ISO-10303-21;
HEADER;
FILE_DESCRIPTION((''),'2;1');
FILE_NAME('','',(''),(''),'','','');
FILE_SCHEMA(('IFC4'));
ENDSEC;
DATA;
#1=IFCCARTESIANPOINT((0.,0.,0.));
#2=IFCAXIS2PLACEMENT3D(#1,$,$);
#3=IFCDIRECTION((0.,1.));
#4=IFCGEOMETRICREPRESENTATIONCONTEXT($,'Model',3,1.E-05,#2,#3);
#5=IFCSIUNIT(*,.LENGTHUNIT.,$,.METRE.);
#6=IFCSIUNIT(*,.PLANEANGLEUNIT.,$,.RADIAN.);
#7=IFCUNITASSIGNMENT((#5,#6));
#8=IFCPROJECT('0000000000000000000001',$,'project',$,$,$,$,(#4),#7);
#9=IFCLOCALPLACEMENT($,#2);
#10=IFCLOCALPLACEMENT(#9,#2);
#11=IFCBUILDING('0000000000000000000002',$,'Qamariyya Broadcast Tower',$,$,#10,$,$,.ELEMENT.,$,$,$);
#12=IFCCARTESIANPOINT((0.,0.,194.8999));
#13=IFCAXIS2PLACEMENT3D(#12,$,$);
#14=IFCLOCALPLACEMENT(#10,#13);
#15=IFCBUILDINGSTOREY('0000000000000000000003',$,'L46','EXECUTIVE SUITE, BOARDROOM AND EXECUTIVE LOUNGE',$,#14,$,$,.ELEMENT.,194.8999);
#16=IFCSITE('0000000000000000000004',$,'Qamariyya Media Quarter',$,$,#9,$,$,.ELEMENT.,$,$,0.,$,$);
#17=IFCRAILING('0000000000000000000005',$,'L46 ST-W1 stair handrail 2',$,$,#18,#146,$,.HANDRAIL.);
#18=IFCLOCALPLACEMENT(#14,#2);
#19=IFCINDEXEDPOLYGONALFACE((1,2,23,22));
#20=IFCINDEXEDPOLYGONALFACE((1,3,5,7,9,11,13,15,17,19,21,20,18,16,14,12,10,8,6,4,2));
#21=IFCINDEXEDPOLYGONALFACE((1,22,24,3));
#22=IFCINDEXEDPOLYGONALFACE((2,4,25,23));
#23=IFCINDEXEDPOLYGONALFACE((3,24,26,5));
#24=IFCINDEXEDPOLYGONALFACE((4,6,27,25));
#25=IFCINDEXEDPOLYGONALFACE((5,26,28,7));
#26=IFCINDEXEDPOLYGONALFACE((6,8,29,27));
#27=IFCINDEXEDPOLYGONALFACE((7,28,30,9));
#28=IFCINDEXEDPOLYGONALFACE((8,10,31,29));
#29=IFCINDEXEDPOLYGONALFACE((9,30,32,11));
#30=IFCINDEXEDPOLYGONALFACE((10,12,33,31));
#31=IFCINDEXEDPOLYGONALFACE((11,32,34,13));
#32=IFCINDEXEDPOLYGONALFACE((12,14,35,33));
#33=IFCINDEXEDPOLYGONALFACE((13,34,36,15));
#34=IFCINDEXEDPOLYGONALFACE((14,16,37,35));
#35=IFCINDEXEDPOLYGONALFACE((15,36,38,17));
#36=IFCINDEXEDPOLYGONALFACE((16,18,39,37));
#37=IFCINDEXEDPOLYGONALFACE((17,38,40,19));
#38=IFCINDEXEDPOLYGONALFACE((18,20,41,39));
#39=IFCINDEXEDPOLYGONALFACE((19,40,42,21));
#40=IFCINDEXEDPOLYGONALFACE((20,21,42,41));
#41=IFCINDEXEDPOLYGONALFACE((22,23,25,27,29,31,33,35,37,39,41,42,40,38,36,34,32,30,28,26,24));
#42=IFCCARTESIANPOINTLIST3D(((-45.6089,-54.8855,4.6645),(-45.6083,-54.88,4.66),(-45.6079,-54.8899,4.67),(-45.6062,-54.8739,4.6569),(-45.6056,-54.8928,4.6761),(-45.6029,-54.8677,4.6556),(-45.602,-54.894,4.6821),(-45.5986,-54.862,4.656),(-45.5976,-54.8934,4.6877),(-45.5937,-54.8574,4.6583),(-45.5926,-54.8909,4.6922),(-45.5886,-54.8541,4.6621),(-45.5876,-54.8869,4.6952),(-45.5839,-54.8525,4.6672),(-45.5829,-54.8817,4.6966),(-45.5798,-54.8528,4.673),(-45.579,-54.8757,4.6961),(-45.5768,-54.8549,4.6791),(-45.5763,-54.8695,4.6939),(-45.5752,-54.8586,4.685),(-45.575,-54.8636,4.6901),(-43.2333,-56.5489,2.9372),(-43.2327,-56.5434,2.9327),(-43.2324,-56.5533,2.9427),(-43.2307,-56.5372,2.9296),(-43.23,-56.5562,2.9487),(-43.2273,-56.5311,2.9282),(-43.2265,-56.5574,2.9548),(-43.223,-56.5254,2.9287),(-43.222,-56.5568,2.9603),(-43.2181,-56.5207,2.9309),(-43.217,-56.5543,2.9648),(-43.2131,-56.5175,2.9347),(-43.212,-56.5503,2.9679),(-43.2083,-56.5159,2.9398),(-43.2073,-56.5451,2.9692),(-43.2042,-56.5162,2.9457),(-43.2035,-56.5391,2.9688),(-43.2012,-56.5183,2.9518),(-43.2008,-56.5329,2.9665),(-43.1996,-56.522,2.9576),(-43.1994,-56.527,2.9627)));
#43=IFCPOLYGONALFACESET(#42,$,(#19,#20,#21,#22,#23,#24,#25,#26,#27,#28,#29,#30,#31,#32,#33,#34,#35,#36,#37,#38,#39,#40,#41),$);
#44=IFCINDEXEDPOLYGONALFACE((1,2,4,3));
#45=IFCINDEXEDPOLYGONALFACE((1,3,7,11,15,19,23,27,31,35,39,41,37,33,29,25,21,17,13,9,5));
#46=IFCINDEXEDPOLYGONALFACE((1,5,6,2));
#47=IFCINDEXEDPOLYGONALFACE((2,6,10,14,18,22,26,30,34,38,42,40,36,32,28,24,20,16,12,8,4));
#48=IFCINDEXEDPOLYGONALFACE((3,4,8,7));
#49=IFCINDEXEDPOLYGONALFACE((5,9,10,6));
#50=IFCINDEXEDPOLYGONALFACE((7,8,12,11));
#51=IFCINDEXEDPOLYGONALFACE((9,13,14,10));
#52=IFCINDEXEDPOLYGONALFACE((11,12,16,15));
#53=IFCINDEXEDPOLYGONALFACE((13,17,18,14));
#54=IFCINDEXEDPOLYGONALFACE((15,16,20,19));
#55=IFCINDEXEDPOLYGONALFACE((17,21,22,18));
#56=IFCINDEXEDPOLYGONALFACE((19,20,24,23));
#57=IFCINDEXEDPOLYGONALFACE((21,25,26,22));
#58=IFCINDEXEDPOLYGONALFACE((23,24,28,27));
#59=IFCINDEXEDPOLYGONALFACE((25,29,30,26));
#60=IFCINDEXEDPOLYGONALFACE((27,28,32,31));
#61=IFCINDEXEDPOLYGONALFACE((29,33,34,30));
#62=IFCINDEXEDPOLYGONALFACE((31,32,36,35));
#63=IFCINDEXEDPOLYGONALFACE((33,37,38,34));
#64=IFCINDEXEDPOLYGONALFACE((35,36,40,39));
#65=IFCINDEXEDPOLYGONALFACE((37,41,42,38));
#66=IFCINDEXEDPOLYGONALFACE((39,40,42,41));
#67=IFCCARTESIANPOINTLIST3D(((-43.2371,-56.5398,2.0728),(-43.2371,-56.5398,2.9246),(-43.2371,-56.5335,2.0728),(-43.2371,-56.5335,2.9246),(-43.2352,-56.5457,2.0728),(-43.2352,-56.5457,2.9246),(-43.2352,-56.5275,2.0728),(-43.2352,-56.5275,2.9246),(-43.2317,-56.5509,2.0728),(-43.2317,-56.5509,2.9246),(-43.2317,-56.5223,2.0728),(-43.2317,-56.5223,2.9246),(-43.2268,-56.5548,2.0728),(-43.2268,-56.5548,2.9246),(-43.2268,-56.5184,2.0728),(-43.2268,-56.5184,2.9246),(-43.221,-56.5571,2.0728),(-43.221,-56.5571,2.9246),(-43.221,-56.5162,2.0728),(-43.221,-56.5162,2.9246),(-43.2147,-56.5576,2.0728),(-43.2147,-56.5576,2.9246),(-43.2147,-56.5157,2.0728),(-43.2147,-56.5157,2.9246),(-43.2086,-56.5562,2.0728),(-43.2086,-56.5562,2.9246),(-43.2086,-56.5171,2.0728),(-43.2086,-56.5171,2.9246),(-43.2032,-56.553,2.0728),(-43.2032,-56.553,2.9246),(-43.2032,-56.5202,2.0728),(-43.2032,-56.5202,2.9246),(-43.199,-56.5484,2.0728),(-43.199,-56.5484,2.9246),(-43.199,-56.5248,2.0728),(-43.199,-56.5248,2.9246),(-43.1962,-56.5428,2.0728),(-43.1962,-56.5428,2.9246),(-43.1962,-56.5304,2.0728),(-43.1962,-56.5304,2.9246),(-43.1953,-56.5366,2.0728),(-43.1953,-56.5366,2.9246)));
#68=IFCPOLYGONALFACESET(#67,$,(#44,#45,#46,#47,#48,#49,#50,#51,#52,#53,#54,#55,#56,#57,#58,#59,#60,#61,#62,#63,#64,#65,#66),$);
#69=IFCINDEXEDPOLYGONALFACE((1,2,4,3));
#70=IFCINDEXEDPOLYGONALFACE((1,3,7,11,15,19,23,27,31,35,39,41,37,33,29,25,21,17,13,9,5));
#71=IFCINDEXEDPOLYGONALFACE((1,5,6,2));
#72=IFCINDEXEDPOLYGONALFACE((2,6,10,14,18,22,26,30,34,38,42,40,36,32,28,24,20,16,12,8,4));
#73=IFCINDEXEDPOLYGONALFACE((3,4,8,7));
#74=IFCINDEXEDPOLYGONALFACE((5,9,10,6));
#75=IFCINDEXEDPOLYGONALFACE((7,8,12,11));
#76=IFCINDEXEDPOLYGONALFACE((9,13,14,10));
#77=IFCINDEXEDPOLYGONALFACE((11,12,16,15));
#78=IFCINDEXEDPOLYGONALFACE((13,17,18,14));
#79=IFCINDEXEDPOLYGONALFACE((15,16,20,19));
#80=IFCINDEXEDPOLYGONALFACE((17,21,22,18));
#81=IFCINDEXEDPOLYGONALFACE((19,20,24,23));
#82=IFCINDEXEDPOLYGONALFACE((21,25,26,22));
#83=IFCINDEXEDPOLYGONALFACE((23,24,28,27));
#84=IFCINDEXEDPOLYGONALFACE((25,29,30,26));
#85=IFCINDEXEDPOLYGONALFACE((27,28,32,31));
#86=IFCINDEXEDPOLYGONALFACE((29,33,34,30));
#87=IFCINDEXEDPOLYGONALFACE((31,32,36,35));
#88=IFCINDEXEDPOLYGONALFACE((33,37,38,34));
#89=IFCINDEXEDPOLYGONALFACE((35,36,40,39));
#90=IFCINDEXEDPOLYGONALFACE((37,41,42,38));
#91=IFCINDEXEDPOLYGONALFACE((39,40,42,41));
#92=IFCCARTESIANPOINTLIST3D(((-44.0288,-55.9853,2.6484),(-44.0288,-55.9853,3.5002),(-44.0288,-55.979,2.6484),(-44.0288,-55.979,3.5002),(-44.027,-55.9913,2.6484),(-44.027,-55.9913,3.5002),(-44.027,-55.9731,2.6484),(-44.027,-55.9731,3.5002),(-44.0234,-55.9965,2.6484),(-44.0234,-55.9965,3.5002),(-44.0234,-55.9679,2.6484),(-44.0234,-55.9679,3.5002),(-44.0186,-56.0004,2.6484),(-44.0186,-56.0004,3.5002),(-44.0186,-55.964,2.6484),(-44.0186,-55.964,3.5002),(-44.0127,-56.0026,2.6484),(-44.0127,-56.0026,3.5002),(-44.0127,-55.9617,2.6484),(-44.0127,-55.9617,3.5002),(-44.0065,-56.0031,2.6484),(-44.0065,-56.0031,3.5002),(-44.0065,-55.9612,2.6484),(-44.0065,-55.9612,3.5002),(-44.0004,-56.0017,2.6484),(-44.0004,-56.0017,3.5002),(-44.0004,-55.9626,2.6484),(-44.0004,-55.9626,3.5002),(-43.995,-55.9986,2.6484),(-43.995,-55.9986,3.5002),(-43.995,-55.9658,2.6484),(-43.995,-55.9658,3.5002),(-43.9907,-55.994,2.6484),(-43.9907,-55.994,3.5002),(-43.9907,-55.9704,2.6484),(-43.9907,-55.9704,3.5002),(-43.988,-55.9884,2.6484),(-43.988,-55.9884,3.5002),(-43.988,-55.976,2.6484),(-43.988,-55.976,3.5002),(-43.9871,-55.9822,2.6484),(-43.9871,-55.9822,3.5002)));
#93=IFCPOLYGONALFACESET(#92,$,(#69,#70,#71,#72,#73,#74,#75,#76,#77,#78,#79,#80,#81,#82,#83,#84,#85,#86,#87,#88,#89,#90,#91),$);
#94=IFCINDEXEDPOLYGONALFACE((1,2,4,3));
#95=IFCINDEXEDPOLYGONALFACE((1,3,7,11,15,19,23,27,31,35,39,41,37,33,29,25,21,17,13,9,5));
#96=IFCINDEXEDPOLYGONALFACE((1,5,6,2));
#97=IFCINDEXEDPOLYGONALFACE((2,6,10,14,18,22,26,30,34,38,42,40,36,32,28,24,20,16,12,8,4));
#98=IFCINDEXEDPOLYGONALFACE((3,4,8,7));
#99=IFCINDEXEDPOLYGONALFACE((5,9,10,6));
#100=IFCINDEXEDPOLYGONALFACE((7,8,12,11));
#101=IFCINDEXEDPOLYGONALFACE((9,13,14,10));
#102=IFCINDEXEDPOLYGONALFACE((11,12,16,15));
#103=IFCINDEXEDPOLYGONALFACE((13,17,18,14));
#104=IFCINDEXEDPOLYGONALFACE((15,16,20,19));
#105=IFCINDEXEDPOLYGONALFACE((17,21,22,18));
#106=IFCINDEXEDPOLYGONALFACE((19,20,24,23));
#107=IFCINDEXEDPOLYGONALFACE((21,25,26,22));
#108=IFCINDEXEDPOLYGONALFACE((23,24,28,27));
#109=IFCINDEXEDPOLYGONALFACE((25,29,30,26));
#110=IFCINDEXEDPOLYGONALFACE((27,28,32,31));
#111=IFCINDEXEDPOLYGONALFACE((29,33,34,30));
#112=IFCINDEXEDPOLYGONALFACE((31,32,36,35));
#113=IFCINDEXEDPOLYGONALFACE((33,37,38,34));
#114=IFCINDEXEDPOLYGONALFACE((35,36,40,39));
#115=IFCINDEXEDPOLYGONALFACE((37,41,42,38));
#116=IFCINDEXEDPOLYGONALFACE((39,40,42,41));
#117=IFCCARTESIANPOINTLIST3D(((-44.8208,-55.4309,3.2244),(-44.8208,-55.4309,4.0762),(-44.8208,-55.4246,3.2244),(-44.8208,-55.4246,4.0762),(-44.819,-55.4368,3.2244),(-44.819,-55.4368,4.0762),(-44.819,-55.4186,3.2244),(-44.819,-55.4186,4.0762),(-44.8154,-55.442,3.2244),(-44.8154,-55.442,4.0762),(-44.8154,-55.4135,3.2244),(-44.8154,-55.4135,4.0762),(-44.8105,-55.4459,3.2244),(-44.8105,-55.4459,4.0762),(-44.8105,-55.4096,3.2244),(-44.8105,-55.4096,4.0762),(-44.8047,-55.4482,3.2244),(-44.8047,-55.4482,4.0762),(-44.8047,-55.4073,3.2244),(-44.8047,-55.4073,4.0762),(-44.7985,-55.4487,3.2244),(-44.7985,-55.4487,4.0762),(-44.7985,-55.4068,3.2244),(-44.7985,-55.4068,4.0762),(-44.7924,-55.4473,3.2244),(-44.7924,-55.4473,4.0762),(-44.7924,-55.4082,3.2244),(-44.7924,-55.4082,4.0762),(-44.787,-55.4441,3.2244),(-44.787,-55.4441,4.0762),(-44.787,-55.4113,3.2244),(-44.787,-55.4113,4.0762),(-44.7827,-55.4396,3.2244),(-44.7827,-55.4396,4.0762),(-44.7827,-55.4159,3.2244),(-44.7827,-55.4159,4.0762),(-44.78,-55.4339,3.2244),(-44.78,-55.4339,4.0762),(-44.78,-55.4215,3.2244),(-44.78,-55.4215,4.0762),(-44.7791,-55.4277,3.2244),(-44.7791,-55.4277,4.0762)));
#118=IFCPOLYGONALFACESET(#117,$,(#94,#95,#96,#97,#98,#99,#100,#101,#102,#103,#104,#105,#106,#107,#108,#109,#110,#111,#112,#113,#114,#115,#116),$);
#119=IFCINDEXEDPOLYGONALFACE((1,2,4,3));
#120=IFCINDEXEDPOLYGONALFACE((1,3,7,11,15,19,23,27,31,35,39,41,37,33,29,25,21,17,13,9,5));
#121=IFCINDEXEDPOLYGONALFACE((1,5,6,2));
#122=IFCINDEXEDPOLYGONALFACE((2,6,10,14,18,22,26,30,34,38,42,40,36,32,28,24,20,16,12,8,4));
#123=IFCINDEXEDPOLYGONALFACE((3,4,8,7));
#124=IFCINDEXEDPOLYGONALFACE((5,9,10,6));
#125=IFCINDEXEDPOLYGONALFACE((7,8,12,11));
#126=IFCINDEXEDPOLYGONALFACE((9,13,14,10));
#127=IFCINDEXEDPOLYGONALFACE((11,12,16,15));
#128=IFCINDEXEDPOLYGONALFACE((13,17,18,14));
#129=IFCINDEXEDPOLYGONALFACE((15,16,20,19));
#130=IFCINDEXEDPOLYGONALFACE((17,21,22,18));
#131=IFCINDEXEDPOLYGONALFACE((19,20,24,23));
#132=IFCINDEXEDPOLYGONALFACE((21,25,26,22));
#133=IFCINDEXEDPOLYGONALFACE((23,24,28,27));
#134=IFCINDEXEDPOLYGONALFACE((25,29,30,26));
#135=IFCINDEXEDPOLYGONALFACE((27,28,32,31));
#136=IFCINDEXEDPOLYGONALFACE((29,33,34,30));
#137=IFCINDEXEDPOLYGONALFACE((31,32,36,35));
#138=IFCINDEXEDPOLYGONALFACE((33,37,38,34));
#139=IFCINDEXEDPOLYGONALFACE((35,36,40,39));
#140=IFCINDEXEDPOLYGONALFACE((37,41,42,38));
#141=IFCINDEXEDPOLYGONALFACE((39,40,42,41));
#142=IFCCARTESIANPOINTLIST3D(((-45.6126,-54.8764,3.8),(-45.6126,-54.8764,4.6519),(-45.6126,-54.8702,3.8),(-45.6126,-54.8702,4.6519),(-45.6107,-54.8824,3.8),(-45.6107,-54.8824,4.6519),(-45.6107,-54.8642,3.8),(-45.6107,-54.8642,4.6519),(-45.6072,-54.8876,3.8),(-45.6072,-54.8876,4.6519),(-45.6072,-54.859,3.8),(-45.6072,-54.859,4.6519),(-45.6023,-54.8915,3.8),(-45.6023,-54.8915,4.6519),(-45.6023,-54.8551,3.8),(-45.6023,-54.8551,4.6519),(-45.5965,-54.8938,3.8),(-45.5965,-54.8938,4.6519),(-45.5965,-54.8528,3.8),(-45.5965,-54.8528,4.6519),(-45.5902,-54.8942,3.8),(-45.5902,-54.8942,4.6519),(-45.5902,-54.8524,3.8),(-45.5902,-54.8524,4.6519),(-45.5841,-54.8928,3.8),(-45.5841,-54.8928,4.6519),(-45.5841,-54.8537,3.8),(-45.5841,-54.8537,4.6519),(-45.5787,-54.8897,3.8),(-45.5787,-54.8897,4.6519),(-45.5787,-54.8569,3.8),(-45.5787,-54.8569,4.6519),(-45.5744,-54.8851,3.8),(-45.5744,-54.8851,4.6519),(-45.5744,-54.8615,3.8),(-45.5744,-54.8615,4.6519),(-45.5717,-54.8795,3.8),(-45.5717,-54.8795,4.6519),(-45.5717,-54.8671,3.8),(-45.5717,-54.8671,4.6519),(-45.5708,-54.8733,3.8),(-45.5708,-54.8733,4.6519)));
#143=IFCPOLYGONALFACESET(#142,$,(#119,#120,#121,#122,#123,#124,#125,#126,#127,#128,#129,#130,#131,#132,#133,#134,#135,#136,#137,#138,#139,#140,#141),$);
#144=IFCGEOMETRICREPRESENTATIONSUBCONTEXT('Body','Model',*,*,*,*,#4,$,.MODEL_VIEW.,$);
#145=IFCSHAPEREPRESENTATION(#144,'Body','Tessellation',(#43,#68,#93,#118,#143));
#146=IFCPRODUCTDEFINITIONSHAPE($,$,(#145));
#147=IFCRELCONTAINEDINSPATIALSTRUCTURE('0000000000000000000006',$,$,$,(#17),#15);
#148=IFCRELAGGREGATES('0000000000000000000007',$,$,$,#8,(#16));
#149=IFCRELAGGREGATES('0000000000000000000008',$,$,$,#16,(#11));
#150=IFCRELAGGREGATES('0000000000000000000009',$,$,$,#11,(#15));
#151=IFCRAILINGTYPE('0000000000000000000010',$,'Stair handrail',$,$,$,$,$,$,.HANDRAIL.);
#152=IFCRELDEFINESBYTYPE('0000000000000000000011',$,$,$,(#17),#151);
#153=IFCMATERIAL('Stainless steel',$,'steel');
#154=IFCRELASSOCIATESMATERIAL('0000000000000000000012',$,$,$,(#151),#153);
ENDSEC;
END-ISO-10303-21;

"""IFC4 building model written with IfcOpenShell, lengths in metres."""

from ifc_helpers import new_model, si_unit, direction, frame, origin, origin_2d, place, context, subcontext, project, spatial, circle, extrude, material, type_object, element, save


model = new_model("IFC4")

# Units and contexts
model_context = context("Model", 3, precision=1e-05, world=origin(), true_north=direction((0.0, 1.0)))
body_context = subcontext(model_context, "Body", "Model", "MODEL_VIEW")
ifc_project = project(units=[si_unit("LENGTHUNIT", "METRE"), si_unit("PLANEANGLEUNIT", "RADIAN")], contexts=[model_context])

# Site, building, storey
site_placement = place(None, origin())
site = spatial("IfcSite", under=ifc_project, at=site_placement, Name="Qamariyya Media Quarter", CompositionType="ELEMENT", RefElevation=0.0)
building_placement = place(site_placement, origin())
building = spatial("IfcBuilding", under=site, at=building_placement, Name="Qamariyya Broadcast Tower", CompositionType="ELEMENT")
storey_placement = place(building_placement, frame((0.0, 0.0, 194.8999)))
storey = spatial("IfcBuildingStorey", under=building, at=storey_placement, Name="L46", Description="EXECUTIVE SUITE, BOARDROOM AND EXECUTIVE LOUNGE", CompositionType="ELEMENT", Elevation=194.8999)

# Railing
ifc_material_1 = material(Name="Stainless steel", Category="steel")
railing_type_1 = type_object("IfcRailingType", Name="Stair handrail", PredefinedType="HANDRAIL", material=ifc_material_1)
railing_1_placement = place(storey_placement, frame((-43.2163, -56.5366, 2.0728)))
element("IfcRailing", 1, at=railing_1_placement, inside=storey, type_object=railing_type_1, Name="L46 ST-W1 stair handrail 2", PredefinedType="HANDRAIL", context=body_context, shape_type="SweptSolid", body=[
    extrude(circle(Radius=0.0239, at=origin_2d()), frame((0.0, 0.0, 0.876), z_axis=(-0.70377, 0.492784, 0.511734), x_axis=(-0.573575, -0.819153, 0.0)), (0.0, 0.0, 1.0), 3.3755),
    extrude(circle(Radius=0.021, at=origin_2d()), origin(), (0.0, 0.0, 1.0), 0.8518),
    extrude(circle(Radius=0.021, at=origin_2d()), frame((-0.7917, 0.5544, 0.5757)), (0.0, 0.0, 1.0), 0.8518),
    extrude(circle(Radius=0.021, at=origin_2d()), frame((-1.5837, 1.1089, 1.1516)), (0.0, 0.0, 1.0), 0.8518),
    extrude(circle(Radius=0.021, at=origin_2d()), frame((-2.3755, 1.6633, 1.7273)), (0.0, 0.0, 1.0), 0.8518),
])

save(model, "model.ifc")
